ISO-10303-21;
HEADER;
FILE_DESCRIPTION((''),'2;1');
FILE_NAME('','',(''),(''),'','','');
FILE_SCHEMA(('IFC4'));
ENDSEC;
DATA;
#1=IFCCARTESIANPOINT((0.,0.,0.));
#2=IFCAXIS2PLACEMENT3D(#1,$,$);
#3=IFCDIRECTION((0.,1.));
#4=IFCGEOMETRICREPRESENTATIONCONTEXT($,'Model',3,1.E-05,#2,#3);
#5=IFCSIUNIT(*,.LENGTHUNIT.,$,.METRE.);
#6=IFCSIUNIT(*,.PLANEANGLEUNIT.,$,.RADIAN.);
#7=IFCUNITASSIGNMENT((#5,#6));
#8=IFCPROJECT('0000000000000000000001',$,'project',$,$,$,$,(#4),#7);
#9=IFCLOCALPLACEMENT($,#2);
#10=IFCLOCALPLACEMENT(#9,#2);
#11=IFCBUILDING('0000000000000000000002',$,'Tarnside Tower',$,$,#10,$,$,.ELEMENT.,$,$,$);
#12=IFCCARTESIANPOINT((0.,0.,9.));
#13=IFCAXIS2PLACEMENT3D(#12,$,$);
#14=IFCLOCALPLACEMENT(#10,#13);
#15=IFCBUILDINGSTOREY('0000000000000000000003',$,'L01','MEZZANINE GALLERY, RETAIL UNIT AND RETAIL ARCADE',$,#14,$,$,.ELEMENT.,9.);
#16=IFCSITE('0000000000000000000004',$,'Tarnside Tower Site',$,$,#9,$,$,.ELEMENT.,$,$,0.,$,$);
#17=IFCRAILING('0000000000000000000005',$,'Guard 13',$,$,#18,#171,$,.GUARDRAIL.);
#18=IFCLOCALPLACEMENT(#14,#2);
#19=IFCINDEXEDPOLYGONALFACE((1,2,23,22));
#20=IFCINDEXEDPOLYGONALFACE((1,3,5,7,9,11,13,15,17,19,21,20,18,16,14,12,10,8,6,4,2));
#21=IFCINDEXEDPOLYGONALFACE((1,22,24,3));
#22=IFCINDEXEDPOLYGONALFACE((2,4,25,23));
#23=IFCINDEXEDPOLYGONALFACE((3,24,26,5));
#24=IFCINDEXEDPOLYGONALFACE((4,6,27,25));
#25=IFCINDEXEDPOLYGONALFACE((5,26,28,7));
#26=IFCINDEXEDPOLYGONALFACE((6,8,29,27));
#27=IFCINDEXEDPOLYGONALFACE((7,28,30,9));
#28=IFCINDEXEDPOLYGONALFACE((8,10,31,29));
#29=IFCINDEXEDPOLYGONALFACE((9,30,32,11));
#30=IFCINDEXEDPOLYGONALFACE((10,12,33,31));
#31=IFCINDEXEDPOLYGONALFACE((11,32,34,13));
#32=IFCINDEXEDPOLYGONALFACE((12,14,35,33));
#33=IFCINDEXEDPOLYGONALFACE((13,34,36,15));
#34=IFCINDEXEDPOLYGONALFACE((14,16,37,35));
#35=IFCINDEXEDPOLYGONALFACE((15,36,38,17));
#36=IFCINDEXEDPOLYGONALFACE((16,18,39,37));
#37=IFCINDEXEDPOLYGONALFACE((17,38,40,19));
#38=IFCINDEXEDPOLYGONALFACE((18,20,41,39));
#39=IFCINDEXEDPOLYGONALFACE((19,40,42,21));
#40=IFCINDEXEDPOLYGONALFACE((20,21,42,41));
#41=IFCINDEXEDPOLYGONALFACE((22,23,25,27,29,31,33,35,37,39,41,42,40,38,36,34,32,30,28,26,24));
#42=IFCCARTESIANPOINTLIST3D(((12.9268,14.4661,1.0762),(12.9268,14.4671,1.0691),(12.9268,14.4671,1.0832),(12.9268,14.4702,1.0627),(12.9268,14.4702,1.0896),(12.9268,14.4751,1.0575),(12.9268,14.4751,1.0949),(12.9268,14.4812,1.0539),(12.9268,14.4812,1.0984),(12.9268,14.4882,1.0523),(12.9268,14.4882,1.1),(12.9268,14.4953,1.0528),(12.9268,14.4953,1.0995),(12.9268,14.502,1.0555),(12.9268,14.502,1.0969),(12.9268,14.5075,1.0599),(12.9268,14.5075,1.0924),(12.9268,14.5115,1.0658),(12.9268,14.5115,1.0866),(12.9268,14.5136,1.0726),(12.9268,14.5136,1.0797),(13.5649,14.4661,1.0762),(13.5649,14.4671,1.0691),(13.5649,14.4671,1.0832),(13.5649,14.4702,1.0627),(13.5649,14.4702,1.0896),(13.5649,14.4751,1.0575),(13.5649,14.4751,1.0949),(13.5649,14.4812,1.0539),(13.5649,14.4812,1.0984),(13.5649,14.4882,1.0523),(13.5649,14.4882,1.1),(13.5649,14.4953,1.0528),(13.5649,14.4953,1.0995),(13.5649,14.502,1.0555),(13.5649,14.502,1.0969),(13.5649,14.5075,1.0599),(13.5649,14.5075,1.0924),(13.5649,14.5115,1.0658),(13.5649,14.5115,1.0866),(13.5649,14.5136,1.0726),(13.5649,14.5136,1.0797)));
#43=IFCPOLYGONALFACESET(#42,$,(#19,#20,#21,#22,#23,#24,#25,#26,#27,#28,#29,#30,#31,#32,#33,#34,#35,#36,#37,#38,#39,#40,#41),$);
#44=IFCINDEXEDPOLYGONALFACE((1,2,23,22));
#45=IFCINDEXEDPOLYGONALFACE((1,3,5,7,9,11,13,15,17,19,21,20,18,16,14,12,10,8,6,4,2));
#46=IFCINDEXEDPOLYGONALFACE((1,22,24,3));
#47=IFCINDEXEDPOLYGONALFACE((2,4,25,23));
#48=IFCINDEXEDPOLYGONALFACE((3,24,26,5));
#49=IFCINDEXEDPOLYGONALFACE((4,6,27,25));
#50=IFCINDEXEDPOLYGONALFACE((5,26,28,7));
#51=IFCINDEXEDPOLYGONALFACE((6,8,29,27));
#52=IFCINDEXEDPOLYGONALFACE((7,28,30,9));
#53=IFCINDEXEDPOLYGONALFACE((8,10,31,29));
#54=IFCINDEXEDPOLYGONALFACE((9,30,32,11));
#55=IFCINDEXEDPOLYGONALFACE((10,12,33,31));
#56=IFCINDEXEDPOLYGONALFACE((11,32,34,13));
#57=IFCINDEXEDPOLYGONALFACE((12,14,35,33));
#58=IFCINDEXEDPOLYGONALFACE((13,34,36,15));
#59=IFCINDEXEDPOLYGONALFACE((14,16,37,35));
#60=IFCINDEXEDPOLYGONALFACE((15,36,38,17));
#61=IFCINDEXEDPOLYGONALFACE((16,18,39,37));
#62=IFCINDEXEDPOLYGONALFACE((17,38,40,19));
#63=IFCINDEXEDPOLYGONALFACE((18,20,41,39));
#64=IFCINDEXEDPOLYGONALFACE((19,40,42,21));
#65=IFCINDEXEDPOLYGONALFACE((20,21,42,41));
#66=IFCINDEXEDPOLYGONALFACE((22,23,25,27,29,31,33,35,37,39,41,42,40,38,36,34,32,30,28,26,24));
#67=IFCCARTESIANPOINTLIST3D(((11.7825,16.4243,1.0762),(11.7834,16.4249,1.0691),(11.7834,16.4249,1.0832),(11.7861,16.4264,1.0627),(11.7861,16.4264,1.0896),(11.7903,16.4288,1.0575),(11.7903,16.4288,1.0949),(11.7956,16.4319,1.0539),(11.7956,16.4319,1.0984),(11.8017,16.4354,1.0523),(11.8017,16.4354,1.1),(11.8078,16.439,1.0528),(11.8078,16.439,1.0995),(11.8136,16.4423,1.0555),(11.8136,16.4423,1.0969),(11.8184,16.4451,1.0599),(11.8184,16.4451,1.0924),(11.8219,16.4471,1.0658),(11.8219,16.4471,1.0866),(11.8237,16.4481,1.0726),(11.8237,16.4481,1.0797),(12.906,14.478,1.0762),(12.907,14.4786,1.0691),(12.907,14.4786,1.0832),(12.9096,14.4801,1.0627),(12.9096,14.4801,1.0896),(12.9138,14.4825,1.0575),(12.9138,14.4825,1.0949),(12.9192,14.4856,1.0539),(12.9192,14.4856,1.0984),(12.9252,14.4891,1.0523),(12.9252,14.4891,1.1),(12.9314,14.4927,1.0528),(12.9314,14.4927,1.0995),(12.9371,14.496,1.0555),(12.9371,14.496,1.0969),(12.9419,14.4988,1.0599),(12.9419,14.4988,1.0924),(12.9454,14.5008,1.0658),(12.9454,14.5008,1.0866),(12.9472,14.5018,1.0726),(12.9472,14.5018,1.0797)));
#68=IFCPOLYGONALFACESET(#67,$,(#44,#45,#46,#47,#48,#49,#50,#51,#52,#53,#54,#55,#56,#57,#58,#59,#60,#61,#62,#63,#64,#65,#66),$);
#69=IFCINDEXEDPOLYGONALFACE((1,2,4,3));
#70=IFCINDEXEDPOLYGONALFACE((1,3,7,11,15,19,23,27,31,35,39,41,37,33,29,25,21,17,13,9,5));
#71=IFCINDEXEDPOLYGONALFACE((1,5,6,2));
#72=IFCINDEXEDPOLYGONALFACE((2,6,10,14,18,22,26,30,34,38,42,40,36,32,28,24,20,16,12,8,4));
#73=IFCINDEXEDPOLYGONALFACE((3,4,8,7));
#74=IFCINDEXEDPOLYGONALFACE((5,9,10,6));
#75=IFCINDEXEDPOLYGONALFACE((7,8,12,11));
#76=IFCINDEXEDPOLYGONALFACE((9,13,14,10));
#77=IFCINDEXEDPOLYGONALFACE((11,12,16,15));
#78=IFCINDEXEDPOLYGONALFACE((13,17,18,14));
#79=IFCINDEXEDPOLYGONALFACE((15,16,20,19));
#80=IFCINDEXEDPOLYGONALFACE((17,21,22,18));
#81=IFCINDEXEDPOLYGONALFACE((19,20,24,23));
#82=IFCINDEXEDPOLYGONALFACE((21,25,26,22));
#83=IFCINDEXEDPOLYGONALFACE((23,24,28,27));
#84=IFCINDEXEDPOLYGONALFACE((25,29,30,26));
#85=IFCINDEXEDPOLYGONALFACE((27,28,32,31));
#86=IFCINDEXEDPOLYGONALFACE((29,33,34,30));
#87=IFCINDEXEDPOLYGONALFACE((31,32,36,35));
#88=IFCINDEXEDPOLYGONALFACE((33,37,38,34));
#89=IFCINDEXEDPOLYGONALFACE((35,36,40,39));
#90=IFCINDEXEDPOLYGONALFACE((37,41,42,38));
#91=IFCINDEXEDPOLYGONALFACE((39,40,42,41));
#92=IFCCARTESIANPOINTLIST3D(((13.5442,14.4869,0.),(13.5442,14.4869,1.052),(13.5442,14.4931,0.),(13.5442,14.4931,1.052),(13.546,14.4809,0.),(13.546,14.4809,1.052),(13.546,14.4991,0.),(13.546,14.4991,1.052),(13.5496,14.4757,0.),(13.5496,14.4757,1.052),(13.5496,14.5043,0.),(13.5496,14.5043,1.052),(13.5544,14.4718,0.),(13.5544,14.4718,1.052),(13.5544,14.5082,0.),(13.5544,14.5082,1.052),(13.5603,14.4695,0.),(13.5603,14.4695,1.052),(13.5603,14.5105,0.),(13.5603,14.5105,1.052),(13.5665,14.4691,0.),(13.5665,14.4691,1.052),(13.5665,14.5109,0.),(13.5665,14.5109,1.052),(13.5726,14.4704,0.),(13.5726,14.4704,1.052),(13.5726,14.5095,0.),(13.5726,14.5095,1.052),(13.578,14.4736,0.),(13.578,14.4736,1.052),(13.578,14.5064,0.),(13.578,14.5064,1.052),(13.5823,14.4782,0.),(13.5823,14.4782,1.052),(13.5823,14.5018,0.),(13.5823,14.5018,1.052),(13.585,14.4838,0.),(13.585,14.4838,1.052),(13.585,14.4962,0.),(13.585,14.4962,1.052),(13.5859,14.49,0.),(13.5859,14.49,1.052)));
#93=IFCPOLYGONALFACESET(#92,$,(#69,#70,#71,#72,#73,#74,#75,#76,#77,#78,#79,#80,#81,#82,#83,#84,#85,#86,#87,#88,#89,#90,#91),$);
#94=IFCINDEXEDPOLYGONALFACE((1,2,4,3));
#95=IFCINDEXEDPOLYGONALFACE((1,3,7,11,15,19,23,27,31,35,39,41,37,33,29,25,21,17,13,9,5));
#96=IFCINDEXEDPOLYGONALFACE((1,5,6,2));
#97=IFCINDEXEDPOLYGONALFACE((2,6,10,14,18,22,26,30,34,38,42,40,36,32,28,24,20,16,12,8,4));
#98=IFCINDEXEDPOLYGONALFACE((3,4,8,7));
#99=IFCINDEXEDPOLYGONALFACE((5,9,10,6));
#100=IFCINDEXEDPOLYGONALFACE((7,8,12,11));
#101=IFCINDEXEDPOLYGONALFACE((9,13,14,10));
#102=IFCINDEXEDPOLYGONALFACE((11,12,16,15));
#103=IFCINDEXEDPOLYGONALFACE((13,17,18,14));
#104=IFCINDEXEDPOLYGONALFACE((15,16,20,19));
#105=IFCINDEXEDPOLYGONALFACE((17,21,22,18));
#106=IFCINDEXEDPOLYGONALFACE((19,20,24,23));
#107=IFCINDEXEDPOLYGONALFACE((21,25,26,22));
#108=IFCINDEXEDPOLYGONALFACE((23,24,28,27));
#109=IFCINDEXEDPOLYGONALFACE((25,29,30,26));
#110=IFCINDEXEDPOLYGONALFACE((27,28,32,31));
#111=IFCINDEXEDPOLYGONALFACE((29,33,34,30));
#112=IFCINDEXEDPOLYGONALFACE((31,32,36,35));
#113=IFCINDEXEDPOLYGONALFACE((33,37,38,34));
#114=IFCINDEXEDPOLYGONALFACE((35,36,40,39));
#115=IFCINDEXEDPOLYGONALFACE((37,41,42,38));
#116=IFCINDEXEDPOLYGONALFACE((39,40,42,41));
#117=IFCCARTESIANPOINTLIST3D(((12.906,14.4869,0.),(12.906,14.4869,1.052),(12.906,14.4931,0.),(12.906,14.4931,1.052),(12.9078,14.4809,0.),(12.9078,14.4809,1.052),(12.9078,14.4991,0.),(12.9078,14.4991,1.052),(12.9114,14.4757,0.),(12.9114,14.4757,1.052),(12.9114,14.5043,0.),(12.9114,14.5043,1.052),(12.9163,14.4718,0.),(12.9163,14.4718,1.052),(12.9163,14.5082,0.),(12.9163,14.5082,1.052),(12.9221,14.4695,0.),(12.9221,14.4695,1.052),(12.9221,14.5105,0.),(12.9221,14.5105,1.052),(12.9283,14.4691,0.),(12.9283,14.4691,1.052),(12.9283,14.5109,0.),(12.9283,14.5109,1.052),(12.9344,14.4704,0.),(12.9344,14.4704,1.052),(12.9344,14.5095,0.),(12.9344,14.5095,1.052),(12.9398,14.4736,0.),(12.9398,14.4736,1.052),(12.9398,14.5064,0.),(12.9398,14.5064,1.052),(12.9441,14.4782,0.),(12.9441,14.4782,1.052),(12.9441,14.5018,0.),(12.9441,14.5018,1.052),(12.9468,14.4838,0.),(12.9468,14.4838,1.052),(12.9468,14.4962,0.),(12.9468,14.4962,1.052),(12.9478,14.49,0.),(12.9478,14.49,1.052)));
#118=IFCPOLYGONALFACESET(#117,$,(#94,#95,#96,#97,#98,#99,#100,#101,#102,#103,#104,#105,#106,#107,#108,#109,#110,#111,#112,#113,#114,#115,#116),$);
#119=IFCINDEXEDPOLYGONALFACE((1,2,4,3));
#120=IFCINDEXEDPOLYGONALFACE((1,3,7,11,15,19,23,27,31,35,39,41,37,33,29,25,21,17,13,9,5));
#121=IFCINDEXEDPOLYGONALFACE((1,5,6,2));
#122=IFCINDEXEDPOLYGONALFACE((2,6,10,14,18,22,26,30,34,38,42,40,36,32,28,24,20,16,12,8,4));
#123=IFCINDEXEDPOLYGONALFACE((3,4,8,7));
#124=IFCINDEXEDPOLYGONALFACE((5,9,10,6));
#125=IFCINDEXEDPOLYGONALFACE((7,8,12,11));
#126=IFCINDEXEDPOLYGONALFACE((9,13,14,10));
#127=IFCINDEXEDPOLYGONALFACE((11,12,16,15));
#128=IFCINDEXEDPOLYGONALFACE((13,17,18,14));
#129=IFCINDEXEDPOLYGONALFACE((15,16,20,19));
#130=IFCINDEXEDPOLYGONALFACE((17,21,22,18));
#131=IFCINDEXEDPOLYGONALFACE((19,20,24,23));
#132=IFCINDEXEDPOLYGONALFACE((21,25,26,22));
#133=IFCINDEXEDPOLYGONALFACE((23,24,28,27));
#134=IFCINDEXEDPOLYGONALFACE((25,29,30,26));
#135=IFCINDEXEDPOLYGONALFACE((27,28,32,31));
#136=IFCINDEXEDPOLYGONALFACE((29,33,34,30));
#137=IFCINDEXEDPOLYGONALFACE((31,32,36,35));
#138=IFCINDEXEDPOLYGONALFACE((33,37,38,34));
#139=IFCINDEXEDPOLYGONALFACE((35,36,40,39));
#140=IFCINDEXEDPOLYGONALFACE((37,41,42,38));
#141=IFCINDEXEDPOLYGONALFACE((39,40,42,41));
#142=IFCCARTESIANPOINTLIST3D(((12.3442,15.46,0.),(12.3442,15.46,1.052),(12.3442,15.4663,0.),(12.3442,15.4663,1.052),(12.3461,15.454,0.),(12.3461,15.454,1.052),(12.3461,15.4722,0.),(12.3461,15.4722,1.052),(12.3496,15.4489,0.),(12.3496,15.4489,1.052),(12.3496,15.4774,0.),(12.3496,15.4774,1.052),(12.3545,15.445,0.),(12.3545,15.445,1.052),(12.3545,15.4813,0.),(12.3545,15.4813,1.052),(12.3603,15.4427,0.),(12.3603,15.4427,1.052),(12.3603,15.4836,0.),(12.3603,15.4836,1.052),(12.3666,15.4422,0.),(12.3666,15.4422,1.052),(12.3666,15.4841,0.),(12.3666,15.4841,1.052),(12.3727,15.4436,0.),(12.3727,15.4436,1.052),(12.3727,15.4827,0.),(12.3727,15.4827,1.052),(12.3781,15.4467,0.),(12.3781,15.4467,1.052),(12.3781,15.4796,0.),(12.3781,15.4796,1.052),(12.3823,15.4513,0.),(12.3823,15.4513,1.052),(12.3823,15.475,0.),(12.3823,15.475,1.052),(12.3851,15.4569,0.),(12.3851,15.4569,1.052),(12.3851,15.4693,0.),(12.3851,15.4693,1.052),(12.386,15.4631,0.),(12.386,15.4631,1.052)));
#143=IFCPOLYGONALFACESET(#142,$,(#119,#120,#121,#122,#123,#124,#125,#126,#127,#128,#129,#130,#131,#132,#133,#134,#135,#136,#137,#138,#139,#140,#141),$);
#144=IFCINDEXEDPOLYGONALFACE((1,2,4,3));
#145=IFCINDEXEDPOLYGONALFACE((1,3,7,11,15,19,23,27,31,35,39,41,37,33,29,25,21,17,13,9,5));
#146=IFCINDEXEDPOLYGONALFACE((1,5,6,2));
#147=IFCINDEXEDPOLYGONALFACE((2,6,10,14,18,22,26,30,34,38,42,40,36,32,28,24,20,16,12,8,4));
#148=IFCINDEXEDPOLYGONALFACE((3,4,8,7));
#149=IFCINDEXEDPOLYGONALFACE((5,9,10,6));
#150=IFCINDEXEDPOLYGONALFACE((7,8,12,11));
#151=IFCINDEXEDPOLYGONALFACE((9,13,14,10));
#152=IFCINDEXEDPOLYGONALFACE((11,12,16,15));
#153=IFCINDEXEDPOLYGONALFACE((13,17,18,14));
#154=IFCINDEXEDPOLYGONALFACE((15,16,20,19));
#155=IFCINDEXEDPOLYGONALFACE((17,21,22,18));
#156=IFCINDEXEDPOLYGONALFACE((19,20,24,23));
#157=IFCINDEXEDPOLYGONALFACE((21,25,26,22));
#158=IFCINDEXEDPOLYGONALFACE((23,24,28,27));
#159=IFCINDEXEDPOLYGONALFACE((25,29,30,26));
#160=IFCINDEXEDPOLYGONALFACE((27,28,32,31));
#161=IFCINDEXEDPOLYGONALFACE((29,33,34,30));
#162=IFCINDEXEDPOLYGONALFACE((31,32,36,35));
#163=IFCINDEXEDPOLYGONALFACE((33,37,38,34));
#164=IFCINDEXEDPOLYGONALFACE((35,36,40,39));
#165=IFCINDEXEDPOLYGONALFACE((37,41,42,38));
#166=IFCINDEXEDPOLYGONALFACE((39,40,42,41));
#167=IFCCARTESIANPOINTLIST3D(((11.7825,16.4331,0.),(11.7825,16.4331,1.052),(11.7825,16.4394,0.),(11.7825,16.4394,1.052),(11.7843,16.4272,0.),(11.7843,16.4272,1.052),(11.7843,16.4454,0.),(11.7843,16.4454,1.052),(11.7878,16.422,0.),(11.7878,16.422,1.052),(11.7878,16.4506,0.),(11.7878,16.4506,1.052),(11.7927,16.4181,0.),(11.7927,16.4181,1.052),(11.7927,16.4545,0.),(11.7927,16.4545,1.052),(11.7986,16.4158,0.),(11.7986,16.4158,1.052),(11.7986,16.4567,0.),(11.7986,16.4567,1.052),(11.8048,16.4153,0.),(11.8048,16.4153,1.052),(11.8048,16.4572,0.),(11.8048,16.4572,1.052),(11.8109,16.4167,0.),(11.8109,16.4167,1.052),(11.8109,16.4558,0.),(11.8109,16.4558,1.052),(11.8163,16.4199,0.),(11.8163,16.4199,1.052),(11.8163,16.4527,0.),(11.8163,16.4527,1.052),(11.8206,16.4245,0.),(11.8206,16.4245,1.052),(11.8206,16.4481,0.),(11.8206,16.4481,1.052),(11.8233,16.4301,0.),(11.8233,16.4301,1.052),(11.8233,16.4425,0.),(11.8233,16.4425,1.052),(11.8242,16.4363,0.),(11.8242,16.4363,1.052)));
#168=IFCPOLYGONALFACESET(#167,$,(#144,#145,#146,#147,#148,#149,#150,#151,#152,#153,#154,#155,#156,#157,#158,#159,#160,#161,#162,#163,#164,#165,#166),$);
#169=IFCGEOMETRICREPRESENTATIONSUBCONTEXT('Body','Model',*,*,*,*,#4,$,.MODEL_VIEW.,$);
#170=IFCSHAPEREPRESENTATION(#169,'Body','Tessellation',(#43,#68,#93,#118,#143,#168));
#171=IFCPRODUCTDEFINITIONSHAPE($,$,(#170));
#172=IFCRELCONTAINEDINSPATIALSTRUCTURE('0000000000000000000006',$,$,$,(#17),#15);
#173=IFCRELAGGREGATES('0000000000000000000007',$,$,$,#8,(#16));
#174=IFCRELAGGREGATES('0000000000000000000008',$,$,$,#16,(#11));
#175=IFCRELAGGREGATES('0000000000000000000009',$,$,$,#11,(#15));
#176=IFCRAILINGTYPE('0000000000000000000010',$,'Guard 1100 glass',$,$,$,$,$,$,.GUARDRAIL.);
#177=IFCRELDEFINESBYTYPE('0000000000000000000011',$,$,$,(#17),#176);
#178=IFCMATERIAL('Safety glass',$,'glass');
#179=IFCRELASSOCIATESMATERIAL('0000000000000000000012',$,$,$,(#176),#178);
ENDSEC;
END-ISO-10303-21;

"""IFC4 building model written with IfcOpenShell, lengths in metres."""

from ifc_helpers import new_model, si_unit, direction, frame, origin, origin_2d, place, context, subcontext, project, spatial, circle, extrude, material, type_object, element, save


model = new_model("IFC4")

# Units and contexts
model_context = context("Model", 3, precision=1e-05, world=origin(), true_north=direction((0.0, 1.0)))
body_context = subcontext(model_context, "Body", "Model", "MODEL_VIEW")
ifc_project = project(units=[si_unit("LENGTHUNIT", "METRE"), si_unit("PLANEANGLEUNIT", "RADIAN")], contexts=[model_context])

# Site, building, storey
site_placement = place(None, origin())
site = spatial("IfcSite", under=ifc_project, at=site_placement, Name="Tarnside Tower Site", CompositionType="ELEMENT", RefElevation=0.0)
building_placement = place(site_placement, origin())
building = spatial("IfcBuilding", under=site, at=building_placement, Name="Tarnside Tower", CompositionType="ELEMENT")
storey_placement = place(building_placement, frame((0.0, 0.0, 9.0)))
storey = spatial("IfcBuildingStorey", under=building, at=storey_placement, Name="L01", Description="MEZZANINE GALLERY, RETAIL UNIT AND RETAIL ARCADE", CompositionType="ELEMENT", Elevation=9.0)

# Railing
ifc_material_1 = material(Name="Safety glass", Category="glass")
railing_type_1 = type_object("IfcRailingType", Name="Guard 1100 glass", PredefinedType="GUARDRAIL", material=ifc_material_1)
railing_1_placement = place(storey_placement, frame((13.5649, 14.49, 0.0)))
element("IfcRailing", 1, at=railing_1_placement, inside=storey, type_object=railing_type_1, Name="Guard 13", PredefinedType="GUARDRAIL", context=body_context, shape_type="SweptSolid", body=[
    extrude(circle(Radius=0.0239, at=origin_2d()), frame((0.0, 0.0, 1.0762), z_axis=(-1.0, 0.0, 0.0), x_axis=(0.0, -1.0, 0.0)), (0.0, 0.0, 1.0), 0.6382),
    extrude(circle(Radius=0.0239, at=origin_2d()), frame((-0.6382, 0.0, 1.0762), z_axis=(-0.499948, 0.866055, 0.0), x_axis=(-0.866055, -0.499948, 0.0)), (0.0, 0.0, 1.0), 2.2473),
    extrude(circle(Radius=0.021, at=origin_2d()), origin(), (0.0, 0.0, 1.0), 1.052),
    extrude(circle(Radius=0.021, at=origin_2d()), frame((-0.6382, 0.0, 0.0)), (0.0, 0.0, 1.0), 1.052),
    extrude(circle(Radius=0.021, at=origin_2d()), frame((-1.2, 0.9731, 0.0)), (0.0, 0.0, 1.0), 1.052),
    extrude(circle(Radius=0.021, at=origin_2d()), frame((-1.7617, 1.9463, 0.0)), (0.0, 0.0, 1.0), 1.052),
])

save(model, "model.ifc")
